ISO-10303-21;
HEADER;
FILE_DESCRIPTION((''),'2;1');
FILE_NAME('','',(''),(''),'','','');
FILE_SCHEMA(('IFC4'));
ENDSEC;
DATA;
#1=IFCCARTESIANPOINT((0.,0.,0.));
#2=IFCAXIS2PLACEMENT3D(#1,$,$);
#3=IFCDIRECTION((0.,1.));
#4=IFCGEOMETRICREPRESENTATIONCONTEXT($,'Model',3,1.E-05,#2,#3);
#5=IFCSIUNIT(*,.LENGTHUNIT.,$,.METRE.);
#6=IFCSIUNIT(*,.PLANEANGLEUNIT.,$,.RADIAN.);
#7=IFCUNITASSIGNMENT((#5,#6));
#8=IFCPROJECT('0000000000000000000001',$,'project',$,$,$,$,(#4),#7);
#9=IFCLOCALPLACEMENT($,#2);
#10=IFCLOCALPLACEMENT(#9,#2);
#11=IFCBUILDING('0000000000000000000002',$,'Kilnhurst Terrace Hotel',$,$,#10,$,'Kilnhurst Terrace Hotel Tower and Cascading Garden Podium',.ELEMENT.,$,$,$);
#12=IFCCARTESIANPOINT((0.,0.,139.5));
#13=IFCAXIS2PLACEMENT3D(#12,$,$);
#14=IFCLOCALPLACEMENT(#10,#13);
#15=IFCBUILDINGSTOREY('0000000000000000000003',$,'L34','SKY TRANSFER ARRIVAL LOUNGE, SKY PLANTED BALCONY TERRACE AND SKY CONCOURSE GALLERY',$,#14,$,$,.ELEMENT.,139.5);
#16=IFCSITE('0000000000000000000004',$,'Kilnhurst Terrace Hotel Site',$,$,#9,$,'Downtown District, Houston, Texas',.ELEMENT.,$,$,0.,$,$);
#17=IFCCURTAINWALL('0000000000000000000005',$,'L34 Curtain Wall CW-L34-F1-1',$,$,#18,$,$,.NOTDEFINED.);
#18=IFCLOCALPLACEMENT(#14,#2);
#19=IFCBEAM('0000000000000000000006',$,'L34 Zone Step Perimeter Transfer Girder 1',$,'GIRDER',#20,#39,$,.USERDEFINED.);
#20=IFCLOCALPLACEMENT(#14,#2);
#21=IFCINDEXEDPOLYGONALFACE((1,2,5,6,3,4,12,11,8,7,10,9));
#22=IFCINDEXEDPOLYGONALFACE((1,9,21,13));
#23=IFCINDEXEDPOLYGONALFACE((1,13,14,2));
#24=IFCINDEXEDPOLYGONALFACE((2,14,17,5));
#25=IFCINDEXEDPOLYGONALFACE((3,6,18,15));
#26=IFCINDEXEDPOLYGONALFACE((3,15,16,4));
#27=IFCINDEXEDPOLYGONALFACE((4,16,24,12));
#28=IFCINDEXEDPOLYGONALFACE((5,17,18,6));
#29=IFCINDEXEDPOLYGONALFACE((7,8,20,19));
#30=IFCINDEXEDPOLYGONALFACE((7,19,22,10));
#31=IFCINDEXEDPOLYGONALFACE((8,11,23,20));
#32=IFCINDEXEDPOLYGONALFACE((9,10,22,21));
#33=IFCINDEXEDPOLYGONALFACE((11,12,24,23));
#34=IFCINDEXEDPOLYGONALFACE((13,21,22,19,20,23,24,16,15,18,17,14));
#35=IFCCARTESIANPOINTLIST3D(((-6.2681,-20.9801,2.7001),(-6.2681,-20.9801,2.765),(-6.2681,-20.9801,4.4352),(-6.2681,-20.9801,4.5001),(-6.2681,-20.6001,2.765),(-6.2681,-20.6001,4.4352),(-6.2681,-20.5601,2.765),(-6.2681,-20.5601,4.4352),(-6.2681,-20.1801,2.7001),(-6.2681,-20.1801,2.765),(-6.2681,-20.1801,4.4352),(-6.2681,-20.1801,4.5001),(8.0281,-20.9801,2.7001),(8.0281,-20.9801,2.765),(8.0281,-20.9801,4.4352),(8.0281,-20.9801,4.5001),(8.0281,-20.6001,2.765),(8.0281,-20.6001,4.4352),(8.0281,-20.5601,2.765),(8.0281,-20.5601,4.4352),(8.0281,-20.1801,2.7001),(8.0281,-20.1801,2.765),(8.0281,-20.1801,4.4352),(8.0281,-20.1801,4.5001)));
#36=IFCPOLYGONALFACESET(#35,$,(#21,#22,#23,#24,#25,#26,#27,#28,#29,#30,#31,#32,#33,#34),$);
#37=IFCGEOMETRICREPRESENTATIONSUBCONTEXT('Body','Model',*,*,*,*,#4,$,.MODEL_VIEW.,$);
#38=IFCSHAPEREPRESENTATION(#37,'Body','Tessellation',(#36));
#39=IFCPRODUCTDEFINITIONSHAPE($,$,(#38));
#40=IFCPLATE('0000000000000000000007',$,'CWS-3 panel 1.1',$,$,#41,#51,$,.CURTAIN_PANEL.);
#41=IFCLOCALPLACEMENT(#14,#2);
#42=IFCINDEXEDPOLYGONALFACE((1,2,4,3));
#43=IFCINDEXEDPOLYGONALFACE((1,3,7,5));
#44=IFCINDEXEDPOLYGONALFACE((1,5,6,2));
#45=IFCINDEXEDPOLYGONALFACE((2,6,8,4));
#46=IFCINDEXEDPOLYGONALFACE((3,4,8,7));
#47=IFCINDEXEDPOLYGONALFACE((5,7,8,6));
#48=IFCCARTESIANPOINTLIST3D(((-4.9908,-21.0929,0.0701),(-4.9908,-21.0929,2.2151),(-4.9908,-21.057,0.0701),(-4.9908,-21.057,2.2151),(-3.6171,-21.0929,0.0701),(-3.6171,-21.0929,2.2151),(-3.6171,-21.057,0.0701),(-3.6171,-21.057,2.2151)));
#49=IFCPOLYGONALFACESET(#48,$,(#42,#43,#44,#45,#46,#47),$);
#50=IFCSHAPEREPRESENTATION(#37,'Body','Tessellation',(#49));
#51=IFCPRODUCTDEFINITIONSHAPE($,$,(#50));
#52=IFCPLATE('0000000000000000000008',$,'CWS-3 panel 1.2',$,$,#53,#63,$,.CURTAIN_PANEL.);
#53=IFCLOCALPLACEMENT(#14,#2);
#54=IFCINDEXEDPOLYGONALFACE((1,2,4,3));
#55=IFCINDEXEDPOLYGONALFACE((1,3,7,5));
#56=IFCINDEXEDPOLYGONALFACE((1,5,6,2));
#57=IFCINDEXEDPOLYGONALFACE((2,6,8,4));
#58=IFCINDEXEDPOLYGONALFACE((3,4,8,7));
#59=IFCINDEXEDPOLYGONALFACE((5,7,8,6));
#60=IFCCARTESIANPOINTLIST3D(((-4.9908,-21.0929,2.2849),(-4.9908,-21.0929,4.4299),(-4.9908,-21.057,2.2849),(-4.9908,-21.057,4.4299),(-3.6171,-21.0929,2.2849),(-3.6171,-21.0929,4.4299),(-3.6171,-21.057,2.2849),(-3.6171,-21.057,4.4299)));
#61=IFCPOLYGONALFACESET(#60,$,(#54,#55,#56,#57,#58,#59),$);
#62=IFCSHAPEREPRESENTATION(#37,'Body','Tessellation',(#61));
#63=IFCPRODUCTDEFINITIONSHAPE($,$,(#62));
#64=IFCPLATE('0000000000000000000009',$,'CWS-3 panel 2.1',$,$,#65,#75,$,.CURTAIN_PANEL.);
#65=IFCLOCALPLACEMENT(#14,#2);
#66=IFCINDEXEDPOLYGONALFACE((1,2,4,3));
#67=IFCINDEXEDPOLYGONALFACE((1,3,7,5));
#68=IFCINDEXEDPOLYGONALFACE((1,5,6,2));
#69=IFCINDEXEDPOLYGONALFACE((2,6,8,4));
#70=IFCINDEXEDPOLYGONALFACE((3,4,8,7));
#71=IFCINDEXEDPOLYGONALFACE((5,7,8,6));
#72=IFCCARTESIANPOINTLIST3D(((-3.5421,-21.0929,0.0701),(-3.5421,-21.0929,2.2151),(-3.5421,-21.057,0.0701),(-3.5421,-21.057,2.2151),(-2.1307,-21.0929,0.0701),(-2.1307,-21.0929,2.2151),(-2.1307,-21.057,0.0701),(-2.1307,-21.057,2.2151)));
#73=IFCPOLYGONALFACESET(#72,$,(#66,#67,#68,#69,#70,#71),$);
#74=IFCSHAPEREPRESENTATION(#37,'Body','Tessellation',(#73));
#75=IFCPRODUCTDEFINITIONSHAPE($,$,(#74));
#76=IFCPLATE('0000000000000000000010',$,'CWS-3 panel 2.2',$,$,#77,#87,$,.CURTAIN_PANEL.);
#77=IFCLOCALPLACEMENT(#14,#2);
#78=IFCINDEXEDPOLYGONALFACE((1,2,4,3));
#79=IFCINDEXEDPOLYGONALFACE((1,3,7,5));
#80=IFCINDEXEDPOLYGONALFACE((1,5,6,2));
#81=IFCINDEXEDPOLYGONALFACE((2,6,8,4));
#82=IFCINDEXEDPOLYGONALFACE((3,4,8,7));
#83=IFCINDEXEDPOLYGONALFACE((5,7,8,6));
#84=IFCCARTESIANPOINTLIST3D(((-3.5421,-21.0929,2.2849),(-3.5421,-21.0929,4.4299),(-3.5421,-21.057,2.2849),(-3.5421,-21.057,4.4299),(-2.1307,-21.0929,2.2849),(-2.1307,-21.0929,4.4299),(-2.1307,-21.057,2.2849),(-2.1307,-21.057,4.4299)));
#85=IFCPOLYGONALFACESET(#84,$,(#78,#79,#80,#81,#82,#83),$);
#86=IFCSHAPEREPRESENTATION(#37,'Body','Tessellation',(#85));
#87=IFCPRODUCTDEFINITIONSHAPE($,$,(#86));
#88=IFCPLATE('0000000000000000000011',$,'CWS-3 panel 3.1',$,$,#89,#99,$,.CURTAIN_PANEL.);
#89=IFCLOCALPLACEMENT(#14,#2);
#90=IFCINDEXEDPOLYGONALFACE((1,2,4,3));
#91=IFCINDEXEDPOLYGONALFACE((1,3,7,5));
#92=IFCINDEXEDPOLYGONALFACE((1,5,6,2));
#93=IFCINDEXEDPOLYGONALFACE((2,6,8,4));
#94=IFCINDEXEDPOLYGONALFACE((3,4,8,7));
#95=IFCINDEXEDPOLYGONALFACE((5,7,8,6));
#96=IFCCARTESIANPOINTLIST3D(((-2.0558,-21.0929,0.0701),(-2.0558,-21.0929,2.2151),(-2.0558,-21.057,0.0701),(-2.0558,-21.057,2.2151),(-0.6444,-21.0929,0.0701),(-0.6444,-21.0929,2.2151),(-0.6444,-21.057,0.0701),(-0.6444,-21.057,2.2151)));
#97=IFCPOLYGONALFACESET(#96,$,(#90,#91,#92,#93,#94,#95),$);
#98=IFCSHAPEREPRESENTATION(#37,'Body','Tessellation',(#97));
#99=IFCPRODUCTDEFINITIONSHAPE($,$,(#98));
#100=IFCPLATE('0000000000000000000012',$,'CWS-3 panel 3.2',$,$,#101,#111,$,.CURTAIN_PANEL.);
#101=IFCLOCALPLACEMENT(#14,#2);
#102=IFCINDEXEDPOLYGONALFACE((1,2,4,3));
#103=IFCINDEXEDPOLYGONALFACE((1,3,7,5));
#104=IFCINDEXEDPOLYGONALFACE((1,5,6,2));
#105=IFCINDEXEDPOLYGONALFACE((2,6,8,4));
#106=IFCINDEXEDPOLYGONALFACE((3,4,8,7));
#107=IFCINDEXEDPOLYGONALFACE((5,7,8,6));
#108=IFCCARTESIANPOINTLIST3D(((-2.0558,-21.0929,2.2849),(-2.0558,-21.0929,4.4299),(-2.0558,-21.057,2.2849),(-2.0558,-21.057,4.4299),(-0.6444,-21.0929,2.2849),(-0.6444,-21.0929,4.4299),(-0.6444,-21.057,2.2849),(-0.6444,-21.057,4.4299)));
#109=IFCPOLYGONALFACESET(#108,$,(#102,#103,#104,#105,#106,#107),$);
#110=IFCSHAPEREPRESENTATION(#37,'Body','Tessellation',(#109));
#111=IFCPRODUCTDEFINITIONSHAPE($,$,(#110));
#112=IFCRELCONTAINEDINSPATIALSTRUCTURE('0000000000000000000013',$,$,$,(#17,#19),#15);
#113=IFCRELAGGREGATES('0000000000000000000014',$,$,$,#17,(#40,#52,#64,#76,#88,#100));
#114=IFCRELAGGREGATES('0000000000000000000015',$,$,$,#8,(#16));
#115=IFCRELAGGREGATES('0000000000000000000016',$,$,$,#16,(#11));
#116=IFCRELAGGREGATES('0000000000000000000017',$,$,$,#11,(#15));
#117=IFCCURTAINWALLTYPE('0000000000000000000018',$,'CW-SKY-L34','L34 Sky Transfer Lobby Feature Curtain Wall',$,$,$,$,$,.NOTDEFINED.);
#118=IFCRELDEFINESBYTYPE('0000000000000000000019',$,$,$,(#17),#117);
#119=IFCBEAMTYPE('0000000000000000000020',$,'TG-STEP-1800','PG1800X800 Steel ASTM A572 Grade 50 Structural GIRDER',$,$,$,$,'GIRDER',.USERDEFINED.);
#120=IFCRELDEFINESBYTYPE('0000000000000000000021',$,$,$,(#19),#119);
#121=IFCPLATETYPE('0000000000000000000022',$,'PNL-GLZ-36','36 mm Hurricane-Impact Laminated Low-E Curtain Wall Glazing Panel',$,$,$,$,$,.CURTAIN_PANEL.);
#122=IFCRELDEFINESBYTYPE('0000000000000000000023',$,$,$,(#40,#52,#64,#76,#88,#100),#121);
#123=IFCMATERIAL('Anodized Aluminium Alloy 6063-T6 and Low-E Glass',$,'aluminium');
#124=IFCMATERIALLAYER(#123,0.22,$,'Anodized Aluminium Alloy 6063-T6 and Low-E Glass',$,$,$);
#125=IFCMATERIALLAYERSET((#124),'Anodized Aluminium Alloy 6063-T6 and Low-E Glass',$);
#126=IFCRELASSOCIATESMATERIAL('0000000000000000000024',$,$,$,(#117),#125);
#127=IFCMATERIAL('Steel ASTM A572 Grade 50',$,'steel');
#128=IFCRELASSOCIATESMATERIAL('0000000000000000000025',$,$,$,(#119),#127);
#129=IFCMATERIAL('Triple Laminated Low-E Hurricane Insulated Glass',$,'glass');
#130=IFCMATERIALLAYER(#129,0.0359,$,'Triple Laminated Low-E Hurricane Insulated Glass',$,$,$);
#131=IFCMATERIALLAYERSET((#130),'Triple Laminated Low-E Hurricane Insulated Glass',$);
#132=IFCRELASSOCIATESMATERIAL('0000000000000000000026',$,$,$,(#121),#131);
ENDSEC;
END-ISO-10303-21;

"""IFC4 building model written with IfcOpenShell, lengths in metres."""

from ifc_helpers import new_model, si_unit, direction, frame, origin, origin_2d, place, context, subcontext, project, spatial, rectangle, i_section, extrude, material, layer, layer_set, material_profile, profile_set, type_object, element, aggregate, save


model = new_model("IFC4")

# Units and contexts
model_context = context("Model", 3, precision=1e-05, world=origin(), true_north=direction((0.0, 1.0)))
body_context = subcontext(model_context, "Body", "Model", "MODEL_VIEW")
ifc_project = project(units=[si_unit("LENGTHUNIT", "METRE"), si_unit("PLANEANGLEUNIT", "RADIAN")], contexts=[model_context])

# Site, building, storey
site_placement = place(None, origin())
site = spatial("IfcSite", under=ifc_project, at=site_placement, Name="Kilnhurst Terrace Hotel Site", LongName="Downtown District, Houston, Texas", CompositionType="ELEMENT", RefElevation=0.0)
building_placement = place(site_placement, origin())
building = spatial("IfcBuilding", under=site, at=building_placement, Name="Kilnhurst Terrace Hotel", LongName="Kilnhurst Terrace Hotel Tower and Cascading Garden Podium", CompositionType="ELEMENT")
storey_placement = place(building_placement, frame((0.0, 0.0, 139.5)))
storey = spatial("IfcBuildingStorey", under=building, at=storey_placement, Name="L34", Description="SKY TRANSFER ARRIVAL LOUNGE, SKY PLANTED BALCONY TERRACE AND SKY CONCOURSE GALLERY", CompositionType="ELEMENT", Elevation=139.5)

# Curtain wall
ifc_material_1 = material(Name="Anodized Aluminium Alloy 6063-T6 and Low-E Glass", Category="aluminium")
ifc_layer_1 = layer(ifc_material_1, 0.22, Name="Anodized Aluminium Alloy 6063-T6 and Low-E Glass")
ifc_layer_set_1 = layer_set([ifc_layer_1], Name="Anodized Aluminium Alloy 6063-T6 and Low-E Glass")
curtain_wall_type = type_object("IfcCurtainWallType", Name="CW-SKY-L34", Description="L34 Sky Transfer Lobby Feature Curtain Wall", PredefinedType="NOTDEFINED", material=ifc_layer_set_1)
curtain_wall_placement = place(storey_placement, origin())
curtain_wall = element("IfcCurtainWall", 1, at=curtain_wall_placement, inside=storey, type_object=curtain_wall_type, Name="L34 Curtain Wall CW-L34-F1-1", PredefinedType="NOTDEFINED")

# Beam
ifc_material_2 = material(Name="Steel ASTM A572 Grade 50", Category="steel")
ifc_material_profile_1 = material_profile(ifc_material_2, i_section(OverallWidth=0.8, OverallDepth=1.8, WebThickness=0.04, FlangeThickness=0.0649, at=origin_2d()), Name="PG1800X800")
ifc_profile_set_1 = profile_set([ifc_material_profile_1], Name="Steel ASTM A572 Grade 50")
beam_type_1 = type_object("IfcBeamType", Name="TG-STEP-1800", Description="PG1800X800 Steel ASTM A572 Grade 50 Structural GIRDER", ElementType="GIRDER", PredefinedType="USERDEFINED", material=ifc_profile_set_1)
beam_1_placement = place(storey_placement, frame((-6.2681, -20.5801, 3.6001), z_axis=(1.0, 0.0, 0.0), x_axis=(0.0, 1.0, 0.0)))
element("IfcBeam", 2, at=beam_1_placement, inside=storey, type_object=beam_type_1, Name="L34 Zone Step Perimeter Transfer Girder 1", ObjectType="GIRDER", PredefinedType="USERDEFINED", context=body_context, shape_type="SweptSolid", body=[
    extrude(i_section(OverallWidth=0.8, OverallDepth=1.8, WebThickness=0.04, FlangeThickness=0.0649, at=origin_2d()), origin(), (0.0, 0.0, 1.0), 14.2961),
])

# Plates
ifc_material_3 = material(Name="Triple Laminated Low-E Hurricane Insulated Glass", Category="glass")
ifc_layer_2 = layer(ifc_material_3, 0.0359, Name="Triple Laminated Low-E Hurricane Insulated Glass")
ifc_layer_set_2 = layer_set([ifc_layer_2], Name="Triple Laminated Low-E Hurricane Insulated Glass")
plate_type = type_object("IfcPlateType", Name="PNL-GLZ-36", Description="36 mm Hurricane-Impact Laminated Low-E Curtain Wall Glazing Panel", PredefinedType="CURTAIN_PANEL", material=ifc_layer_set_2)
plate_1_placement = place(storey_placement, frame((-4.304, -21.075, 0.0701), z_axis=(0.0, 0.0, 1.0), x_axis=(1.0, 0.0, 0.0)))
plate_1 = element("IfcPlate", 3, at=plate_1_placement, type_object=plate_type, Name="CWS-3 panel 1.1", PredefinedType="CURTAIN_PANEL", context=body_context, shape_type="SweptSolid", body=[
    extrude(rectangle(XDim=1.3738, YDim=0.0359, at=origin_2d()), origin(), (0.0, 0.0, 1.0), 2.145),
])
plate_2_placement = place(storey_placement, frame((-4.304, -21.075, 2.2849), z_axis=(0.0, 0.0, 1.0), x_axis=(1.0, 0.0, 0.0)))
plate_2 = element("IfcPlate", 4, at=plate_2_placement, type_object=plate_type, Name="CWS-3 panel 1.2", PredefinedType="CURTAIN_PANEL", context=body_context, shape_type="SweptSolid", body=[
    extrude(rectangle(XDim=1.3738, YDim=0.0359, at=origin_2d()), origin(), (0.0, 0.0, 1.0), 2.145),
])
plate_3_placement = place(storey_placement, frame((-2.8364, -21.075, 0.0701), z_axis=(0.0, 0.0, 1.0), x_axis=(1.0, 0.0, 0.0)))
plate_3 = element("IfcPlate", 5, at=plate_3_placement, type_object=plate_type, Name="CWS-3 panel 2.1", PredefinedType="CURTAIN_PANEL", context=body_context, shape_type="SweptSolid", body=[
    extrude(rectangle(XDim=1.4114, YDim=0.0359, at=origin_2d()), origin(), (0.0, 0.0, 1.0), 2.145),
])
plate_4_placement = place(storey_placement, frame((-2.8364, -21.075, 2.2849), z_axis=(0.0, 0.0, 1.0), x_axis=(1.0, 0.0, 0.0)))
plate_4 = element("IfcPlate", 6, at=plate_4_placement, type_object=plate_type, Name="CWS-3 panel 2.2", PredefinedType="CURTAIN_PANEL", context=body_context, shape_type="SweptSolid", body=[
    extrude(rectangle(XDim=1.4114, YDim=0.0359, at=origin_2d()), origin(), (0.0, 0.0, 1.0), 2.145),
])
plate_5_placement = place(storey_placement, frame((-1.3501, -21.075, 0.0701), z_axis=(0.0, 0.0, 1.0), x_axis=(1.0, 0.0, 0.0)))
plate_5 = element("IfcPlate", 7, at=plate_5_placement, type_object=plate_type, Name="CWS-3 panel 3.1", PredefinedType="CURTAIN_PANEL", context=body_context, shape_type="SweptSolid", body=[
    extrude(rectangle(XDim=1.4114, YDim=0.0359, at=origin_2d()), origin(), (0.0, 0.0, 1.0), 2.145),
])
plate_6_placement = place(storey_placement, frame((-1.3501, -21.075, 2.2849), z_axis=(0.0, 0.0, 1.0), x_axis=(1.0, 0.0, 0.0)))
plate_6 = element("IfcPlate", 8, at=plate_6_placement, type_object=plate_type, Name="CWS-3 panel 3.2", PredefinedType="CURTAIN_PANEL", context=body_context, shape_type="SweptSolid", body=[
    extrude(rectangle(XDim=1.4114, YDim=0.0359, at=origin_2d()), origin(), (0.0, 0.0, 1.0), 2.145),
])
aggregate(curtain_wall, [plate_1, plate_2, plate_3, plate_4, plate_5, plate_6])

save(model, "model.ifc")
